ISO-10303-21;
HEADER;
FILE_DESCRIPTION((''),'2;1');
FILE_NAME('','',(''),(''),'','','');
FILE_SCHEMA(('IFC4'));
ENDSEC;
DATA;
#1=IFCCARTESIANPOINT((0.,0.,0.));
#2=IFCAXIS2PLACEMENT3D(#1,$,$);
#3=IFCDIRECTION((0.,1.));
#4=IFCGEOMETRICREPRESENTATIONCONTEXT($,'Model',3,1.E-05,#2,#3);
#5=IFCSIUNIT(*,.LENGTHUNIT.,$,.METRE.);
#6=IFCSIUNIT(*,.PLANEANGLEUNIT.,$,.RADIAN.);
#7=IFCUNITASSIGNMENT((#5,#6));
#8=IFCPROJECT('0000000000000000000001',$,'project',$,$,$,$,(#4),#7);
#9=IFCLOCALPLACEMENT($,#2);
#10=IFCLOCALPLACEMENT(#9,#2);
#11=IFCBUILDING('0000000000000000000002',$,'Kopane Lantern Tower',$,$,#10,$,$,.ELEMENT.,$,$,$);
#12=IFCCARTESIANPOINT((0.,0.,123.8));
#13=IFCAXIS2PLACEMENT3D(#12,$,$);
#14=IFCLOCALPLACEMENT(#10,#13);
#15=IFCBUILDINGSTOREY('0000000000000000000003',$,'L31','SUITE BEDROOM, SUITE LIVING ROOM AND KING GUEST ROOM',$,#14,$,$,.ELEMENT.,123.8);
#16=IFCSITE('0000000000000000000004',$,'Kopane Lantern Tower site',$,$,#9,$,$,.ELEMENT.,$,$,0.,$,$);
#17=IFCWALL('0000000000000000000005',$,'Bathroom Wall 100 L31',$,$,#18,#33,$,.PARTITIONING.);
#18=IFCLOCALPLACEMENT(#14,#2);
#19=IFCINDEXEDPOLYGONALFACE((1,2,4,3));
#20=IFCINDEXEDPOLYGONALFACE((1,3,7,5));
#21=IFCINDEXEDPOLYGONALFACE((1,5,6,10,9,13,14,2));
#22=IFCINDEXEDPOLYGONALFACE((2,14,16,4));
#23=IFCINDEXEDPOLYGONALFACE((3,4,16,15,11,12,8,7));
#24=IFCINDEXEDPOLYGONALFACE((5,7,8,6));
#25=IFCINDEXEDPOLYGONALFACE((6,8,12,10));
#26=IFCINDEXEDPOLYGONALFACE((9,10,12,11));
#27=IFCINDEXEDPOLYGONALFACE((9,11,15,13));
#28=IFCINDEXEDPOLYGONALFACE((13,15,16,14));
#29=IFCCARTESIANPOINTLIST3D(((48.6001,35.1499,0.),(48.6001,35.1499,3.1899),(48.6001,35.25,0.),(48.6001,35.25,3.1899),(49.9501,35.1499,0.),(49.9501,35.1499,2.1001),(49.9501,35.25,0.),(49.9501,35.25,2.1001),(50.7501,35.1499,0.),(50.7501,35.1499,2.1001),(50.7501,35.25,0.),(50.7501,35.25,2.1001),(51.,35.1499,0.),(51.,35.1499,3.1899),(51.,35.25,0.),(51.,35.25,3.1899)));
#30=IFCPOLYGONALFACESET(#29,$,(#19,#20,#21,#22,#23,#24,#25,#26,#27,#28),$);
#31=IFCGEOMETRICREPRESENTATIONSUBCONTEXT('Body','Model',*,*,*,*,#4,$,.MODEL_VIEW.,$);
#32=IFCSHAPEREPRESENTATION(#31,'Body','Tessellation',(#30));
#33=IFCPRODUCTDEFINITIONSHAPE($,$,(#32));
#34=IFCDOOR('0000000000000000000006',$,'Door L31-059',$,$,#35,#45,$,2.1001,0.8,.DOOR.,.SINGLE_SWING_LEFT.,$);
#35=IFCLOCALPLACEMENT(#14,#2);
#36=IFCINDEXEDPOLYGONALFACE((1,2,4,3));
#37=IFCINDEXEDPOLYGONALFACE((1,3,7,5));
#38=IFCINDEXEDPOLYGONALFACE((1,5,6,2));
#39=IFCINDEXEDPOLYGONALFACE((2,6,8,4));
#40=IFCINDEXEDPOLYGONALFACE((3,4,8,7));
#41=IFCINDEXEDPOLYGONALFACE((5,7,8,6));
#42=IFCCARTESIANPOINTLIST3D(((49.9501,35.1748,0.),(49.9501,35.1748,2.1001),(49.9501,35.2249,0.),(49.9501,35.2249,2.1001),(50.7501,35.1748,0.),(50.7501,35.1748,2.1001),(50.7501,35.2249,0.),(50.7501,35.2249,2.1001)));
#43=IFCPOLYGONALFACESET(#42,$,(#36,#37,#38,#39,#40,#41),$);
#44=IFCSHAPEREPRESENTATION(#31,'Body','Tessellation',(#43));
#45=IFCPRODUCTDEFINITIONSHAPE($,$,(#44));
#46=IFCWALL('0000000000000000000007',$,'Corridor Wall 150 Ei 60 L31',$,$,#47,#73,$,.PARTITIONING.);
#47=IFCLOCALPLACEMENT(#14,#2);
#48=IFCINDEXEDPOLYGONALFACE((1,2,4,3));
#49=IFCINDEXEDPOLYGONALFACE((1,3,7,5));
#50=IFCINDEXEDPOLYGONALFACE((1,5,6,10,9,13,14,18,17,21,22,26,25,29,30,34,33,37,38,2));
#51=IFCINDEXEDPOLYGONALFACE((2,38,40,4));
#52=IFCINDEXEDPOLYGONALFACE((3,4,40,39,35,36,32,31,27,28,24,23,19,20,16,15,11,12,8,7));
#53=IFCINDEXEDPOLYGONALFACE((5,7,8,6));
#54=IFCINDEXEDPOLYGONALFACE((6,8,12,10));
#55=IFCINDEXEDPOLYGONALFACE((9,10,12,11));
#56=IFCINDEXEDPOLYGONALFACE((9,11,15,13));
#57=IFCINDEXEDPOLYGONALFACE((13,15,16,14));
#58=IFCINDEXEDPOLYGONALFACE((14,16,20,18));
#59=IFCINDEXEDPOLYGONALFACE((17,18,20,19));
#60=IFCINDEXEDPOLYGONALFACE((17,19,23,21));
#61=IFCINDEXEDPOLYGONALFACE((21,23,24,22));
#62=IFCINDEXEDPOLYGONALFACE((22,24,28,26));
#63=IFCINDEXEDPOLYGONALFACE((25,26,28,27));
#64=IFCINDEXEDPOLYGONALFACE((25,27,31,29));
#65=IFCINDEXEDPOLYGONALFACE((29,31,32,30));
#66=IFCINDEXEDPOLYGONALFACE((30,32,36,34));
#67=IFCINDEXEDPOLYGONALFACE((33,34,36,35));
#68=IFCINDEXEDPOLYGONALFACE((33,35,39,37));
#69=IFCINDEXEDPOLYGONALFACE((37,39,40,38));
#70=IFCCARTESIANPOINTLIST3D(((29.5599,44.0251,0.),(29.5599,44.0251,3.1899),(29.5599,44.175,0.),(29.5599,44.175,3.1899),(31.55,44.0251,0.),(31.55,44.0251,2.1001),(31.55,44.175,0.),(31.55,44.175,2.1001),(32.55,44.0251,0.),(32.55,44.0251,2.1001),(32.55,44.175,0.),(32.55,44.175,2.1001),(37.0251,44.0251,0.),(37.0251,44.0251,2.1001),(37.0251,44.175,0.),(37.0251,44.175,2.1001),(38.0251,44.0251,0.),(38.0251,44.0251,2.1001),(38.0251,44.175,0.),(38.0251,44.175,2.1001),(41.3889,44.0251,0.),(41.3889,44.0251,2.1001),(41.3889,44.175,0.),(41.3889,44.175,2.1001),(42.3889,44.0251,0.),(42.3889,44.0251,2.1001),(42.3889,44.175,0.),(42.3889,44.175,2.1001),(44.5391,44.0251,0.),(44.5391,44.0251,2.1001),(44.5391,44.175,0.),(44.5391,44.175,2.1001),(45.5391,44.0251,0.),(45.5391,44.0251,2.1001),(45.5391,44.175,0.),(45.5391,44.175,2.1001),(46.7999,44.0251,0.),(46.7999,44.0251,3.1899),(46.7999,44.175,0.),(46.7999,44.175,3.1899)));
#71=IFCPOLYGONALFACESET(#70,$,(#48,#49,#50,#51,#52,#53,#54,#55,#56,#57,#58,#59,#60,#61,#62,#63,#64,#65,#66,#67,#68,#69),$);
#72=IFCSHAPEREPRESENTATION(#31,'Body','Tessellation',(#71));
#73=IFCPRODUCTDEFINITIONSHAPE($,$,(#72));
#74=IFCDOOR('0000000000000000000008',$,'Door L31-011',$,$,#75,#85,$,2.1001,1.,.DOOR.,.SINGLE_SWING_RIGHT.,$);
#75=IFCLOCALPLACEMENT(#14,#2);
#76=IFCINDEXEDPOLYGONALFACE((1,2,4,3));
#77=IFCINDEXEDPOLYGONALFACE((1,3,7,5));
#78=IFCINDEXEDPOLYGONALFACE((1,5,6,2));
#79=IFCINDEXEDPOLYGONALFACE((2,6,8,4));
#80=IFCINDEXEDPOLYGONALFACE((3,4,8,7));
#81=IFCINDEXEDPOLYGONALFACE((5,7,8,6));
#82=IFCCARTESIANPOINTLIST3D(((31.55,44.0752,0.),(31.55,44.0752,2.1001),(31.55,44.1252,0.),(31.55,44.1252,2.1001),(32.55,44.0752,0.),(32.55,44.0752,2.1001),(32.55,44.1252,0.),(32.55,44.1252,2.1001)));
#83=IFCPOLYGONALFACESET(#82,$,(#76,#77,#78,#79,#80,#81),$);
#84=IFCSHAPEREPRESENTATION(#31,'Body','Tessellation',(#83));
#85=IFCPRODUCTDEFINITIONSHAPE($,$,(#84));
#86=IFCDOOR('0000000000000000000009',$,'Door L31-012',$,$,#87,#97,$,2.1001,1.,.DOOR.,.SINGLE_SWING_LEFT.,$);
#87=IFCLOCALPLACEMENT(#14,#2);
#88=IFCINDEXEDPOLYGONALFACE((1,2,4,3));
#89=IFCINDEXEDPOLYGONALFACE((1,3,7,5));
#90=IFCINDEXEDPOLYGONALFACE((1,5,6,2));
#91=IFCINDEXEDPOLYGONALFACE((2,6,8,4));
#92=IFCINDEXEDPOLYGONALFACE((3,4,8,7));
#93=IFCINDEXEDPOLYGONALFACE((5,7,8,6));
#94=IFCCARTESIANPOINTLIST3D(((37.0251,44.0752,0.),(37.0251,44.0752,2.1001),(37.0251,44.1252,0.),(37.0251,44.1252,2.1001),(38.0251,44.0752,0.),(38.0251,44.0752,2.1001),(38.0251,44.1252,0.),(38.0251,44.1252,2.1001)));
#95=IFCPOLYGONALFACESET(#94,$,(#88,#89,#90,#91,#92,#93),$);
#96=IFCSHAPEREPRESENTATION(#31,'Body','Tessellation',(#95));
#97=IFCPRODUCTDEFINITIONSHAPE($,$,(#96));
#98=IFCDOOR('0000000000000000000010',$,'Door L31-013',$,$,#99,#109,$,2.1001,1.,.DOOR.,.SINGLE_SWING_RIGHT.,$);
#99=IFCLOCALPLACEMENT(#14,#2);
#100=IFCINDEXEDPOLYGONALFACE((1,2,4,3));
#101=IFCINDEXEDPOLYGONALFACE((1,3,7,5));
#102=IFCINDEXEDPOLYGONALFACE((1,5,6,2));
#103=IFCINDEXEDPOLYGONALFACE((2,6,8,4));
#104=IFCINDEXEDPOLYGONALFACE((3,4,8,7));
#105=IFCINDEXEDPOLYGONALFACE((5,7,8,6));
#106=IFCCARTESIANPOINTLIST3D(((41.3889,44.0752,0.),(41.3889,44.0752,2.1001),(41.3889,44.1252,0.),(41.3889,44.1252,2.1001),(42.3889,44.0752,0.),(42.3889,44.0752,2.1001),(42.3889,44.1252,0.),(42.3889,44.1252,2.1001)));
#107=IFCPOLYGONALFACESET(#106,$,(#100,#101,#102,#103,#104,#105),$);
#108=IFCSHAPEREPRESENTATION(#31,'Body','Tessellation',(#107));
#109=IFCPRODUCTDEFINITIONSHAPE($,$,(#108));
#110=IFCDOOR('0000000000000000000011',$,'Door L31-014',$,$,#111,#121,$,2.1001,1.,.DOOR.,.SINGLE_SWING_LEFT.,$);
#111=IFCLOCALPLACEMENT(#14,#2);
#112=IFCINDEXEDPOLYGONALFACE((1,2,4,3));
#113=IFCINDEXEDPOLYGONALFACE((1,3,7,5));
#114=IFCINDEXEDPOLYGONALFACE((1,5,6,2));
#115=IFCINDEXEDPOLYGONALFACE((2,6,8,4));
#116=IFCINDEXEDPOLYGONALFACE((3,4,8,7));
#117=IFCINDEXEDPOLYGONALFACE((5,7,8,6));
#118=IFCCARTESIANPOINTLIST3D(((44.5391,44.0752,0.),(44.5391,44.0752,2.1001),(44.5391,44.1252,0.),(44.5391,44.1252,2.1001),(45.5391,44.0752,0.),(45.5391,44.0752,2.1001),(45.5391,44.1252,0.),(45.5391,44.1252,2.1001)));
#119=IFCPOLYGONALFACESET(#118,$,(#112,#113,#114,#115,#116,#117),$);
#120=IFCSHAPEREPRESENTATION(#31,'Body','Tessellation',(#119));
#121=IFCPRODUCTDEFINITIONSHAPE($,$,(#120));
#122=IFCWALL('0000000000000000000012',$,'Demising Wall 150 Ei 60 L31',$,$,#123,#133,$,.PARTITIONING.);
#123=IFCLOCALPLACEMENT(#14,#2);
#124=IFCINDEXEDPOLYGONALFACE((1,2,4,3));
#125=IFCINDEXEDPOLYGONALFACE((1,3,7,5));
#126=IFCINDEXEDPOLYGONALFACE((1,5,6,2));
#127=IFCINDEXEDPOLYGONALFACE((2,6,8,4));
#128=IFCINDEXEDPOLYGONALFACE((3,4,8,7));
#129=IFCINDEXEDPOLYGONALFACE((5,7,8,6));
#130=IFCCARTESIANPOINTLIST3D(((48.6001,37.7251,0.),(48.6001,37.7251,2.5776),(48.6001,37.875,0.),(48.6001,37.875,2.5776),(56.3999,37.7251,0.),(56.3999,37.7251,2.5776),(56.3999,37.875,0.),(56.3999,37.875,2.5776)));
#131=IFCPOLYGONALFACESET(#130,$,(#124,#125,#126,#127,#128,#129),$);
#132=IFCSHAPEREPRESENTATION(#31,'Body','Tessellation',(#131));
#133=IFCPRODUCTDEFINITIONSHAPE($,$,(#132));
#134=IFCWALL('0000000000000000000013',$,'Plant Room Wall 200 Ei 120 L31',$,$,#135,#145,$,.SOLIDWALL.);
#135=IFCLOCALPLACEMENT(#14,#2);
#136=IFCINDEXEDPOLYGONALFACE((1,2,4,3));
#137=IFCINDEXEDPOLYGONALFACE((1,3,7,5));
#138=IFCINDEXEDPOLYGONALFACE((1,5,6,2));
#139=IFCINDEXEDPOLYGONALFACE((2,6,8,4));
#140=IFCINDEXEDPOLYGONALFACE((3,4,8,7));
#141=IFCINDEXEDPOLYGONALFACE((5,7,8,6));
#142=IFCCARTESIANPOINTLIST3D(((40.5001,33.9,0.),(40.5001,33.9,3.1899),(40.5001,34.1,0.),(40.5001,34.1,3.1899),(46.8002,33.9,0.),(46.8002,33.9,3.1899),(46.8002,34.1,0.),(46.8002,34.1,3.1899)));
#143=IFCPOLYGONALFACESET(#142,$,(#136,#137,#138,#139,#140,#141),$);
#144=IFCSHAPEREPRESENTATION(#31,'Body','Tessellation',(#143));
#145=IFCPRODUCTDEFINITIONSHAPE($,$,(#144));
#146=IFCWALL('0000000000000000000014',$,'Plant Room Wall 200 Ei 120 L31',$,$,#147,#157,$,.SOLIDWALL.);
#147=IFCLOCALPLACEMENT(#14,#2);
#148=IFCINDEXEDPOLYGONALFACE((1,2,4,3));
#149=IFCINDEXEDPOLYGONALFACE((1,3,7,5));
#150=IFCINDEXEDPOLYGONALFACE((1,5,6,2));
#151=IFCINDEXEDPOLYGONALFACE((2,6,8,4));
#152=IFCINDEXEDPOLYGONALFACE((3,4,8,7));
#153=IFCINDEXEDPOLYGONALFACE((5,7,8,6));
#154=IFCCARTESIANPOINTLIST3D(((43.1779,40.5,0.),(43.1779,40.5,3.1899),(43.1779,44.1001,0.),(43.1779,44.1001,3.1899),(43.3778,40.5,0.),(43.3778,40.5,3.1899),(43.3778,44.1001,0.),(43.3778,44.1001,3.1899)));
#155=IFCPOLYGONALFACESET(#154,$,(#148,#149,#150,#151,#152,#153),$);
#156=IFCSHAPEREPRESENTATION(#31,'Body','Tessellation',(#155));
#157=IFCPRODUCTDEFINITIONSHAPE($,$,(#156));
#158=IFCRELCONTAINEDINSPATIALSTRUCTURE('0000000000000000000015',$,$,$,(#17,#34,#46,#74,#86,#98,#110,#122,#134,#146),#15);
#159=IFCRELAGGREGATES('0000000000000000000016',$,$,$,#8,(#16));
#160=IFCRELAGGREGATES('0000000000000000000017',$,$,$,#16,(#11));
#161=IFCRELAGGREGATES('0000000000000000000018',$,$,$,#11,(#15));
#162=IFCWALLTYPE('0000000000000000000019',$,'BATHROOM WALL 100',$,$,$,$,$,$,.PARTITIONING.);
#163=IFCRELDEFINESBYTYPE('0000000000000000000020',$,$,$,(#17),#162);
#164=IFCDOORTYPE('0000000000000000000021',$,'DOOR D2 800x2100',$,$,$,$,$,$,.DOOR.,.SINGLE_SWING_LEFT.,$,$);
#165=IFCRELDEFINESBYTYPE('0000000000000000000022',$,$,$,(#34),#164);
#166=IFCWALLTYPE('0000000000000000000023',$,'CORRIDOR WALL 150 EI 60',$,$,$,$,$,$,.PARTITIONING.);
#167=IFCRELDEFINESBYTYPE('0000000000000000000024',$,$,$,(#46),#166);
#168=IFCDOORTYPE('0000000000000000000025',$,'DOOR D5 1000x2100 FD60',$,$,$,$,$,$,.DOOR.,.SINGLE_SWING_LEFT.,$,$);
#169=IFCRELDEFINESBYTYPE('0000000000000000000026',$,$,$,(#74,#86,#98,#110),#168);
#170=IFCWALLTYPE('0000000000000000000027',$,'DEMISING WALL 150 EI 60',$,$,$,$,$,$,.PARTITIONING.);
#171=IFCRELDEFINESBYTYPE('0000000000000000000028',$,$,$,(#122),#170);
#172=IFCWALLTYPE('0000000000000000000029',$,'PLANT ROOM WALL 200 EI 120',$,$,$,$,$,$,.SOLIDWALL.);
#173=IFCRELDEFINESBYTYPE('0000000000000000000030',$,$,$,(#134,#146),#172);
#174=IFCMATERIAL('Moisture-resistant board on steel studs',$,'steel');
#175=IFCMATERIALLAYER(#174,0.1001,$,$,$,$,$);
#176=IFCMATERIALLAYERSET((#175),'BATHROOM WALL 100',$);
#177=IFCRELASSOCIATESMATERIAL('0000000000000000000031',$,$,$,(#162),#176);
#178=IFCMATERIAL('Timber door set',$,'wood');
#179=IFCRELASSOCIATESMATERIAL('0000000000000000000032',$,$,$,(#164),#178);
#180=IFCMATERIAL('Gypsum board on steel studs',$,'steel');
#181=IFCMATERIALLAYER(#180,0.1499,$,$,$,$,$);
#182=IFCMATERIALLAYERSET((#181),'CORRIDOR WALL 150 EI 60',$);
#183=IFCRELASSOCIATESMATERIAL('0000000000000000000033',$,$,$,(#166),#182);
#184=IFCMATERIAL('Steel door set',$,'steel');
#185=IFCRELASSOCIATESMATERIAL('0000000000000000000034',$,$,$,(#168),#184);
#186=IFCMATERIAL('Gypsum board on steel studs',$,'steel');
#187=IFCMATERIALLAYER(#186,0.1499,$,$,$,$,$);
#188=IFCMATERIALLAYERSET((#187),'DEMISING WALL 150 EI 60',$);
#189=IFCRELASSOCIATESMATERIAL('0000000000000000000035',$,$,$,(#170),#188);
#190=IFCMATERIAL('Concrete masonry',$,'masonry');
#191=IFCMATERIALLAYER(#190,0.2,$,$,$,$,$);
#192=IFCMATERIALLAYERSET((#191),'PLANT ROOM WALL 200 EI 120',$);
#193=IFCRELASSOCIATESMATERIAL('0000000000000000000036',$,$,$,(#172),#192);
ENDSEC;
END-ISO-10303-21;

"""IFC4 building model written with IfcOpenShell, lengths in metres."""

from ifc_helpers import new_model, si_unit, direction, frame, frame_2d, origin, place, context, subcontext, project, spatial, rectangle, extrude, material, layer, layer_set, type_object, element, fill, save


model = new_model("IFC4")

# Units and contexts
model_context = context("Model", 3, precision=1e-05, world=origin(), true_north=direction((0.0, 1.0)))
body_context = subcontext(model_context, "Body", "Model", "MODEL_VIEW")
ifc_project = project(units=[si_unit("LENGTHUNIT", "METRE"), si_unit("PLANEANGLEUNIT", "RADIAN")], contexts=[model_context])

# Site, building, storey
site_placement = place(None, origin())
site = spatial("IfcSite", under=ifc_project, at=site_placement, Name="Kopane Lantern Tower site", CompositionType="ELEMENT", RefElevation=0.0)
building_placement = place(site_placement, origin())
building = spatial("IfcBuilding", under=site, at=building_placement, Name="Kopane Lantern Tower", CompositionType="ELEMENT")
storey_placement = place(building_placement, frame((0.0, 0.0, 123.8)))
storey = spatial("IfcBuildingStorey", under=building, at=storey_placement, Name="L31", Description="SUITE BEDROOM, SUITE LIVING ROOM AND KING GUEST ROOM", CompositionType="ELEMENT", Elevation=123.8)

# Wall, opening, door
ifc_material_1 = material(Name="Moisture-resistant board on steel studs", Category="steel")
ifc_layer_1 = layer(ifc_material_1, 0.1001)
ifc_layer_set_1 = layer_set([ifc_layer_1], Name="BATHROOM WALL 100")
wall_type_1 = type_object("IfcWallType", Name="BATHROOM WALL 100", PredefinedType="PARTITIONING", material=ifc_layer_set_1)
ifc_material_2 = material(Name="Timber door set", Category="wood")
door_type_1 = type_object("IfcDoorType", Name="DOOR D2 800x2100", OperationType="SINGLE_SWING_LEFT", PredefinedType="DOOR", material=ifc_material_2)
wall_1_placement = place(storey_placement, frame((48.6001, 35.2, 0.0), z_axis=(0.0, 0.0, 1.0), x_axis=(1.0, 0.0, 0.0)))
wall_1 = element("IfcWall", 1, at=wall_1_placement, inside=storey, type_object=wall_type_1, Name="Bathroom Wall 100 L31", PredefinedType="PARTITIONING", context=body_context, shape_type="SweptSolid", body=[
    extrude(rectangle(XDim=2.3999, YDim=0.1001, at=frame_2d((1.2, 0.0))), origin(), (0.0, 0.0, 1.0), 3.1899),
])
opening_1_placement = place(wall_1_placement, frame((1.3501, 0.0, 0.0)))
opening_1 = element("IfcOpeningElement", 2, at=opening_1_placement, cuts=wall_1, PredefinedType="OPENING", context=body_context, shape_type="SweptSolid", body=[
    extrude(rectangle(XDim=0.8, YDim=2.1001, at=frame_2d((0.3999, 1.05))), frame((0.0, 0.0601, 0.0), z_axis=(0.0, -1.0, 0.0), x_axis=(1.0, 0.0, 0.0)), (0.0, 0.0, 1.0), 0.1201),
])
door_1_placement = place(opening_1_placement, origin())
door_1 = element("IfcDoor", 3, at=door_1_placement, inside=storey, type_object=door_type_1, Name="Door L31-059", OperationType="SINGLE_SWING_LEFT", OverallHeight=2.1001, OverallWidth=0.8, PredefinedType="DOOR", context=body_context, shape_type="SweptSolid", body=[
    extrude(rectangle(XDim=0.8, YDim=2.1001, at=frame_2d((0.3999, 1.05))), frame((0.0, 0.0249, 0.0), z_axis=(0.0, -1.0, 0.0), x_axis=(1.0, 0.0, 0.0)), (0.0, 0.0, 1.0), 0.05),
])
fill(opening_1, door_1)

# Wall, openings, doors
ifc_material_3 = material(Name="Gypsum board on steel studs", Category="steel")
ifc_layer_2 = layer(ifc_material_3, 0.1499)
ifc_layer_set_2 = layer_set([ifc_layer_2], Name="CORRIDOR WALL 150 EI 60")
wall_type_2 = type_object("IfcWallType", Name="CORRIDOR WALL 150 EI 60", PredefinedType="PARTITIONING", material=ifc_layer_set_2)
wall_2_placement = place(storey_placement, frame((46.8, 44.1001, 0.0), z_axis=(0.0, 0.0, 1.0), x_axis=(-1.0, 0.0, 0.0)))
wall_2 = element("IfcWall", 4, at=wall_2_placement, inside=storey, type_object=wall_type_2, Name="Corridor Wall 150 Ei 60 L31", PredefinedType="PARTITIONING", context=body_context, shape_type="SweptSolid", body=[
    extrude(rectangle(XDim=17.24, YDim=0.1499, at=frame_2d((8.6201, 0.0))), origin(), (0.0, 0.0, 1.0), 3.1899),
])
opening_2_placement = place(wall_2_placement, frame((14.25, 0.0, 0.0)))
opening_2 = element("IfcOpeningElement", 5, at=opening_2_placement, cuts=wall_2, PredefinedType="OPENING", context=body_context, shape_type="SweptSolid", body=[
    extrude(rectangle(XDim=1.0, YDim=2.1001, at=frame_2d((0.5, 1.05))), frame((0.0, 0.085, 0.0), z_axis=(0.0, -1.0, 0.0), x_axis=(1.0, 0.0, 0.0)), (0.0, 0.0, 1.0), 0.1699),
])
opening_3_placement = place(wall_2_placement, frame((8.7749, 0.0, 0.0)))
opening_3 = element("IfcOpeningElement", 6, at=opening_3_placement, cuts=wall_2, PredefinedType="OPENING", context=body_context, shape_type="SweptSolid", body=[
    extrude(rectangle(XDim=1.0, YDim=2.1001, at=frame_2d((0.5, 1.05))), frame((0.0, 0.085, 0.0), z_axis=(0.0, -1.0, 0.0), x_axis=(1.0, 0.0, 0.0)), (0.0, 0.0, 1.0), 0.1699),
])
opening_4_placement = place(wall_2_placement, frame((4.4111, 0.0, 0.0)))
opening_4 = element("IfcOpeningElement", 7, at=opening_4_placement, cuts=wall_2, PredefinedType="OPENING", context=body_context, shape_type="SweptSolid", body=[
    extrude(rectangle(XDim=1.0, YDim=2.1001, at=frame_2d((0.5, 1.05))), frame((0.0, 0.085, 0.0), z_axis=(0.0, -1.0, 0.0), x_axis=(1.0, 0.0, 0.0)), (0.0, 0.0, 1.0), 0.1699),
])
opening_5_placement = place(wall_2_placement, frame((1.261, 0.0, 0.0)))
opening_5 = element("IfcOpeningElement", 8, at=opening_5_placement, cuts=wall_2, PredefinedType="OPENING", context=body_context, shape_type="SweptSolid", body=[
    extrude(rectangle(XDim=1.0, YDim=2.1001, at=frame_2d((0.5, 1.05))), frame((0.0, 0.085, 0.0), z_axis=(0.0, -1.0, 0.0), x_axis=(1.0, 0.0, 0.0)), (0.0, 0.0, 1.0), 0.1699),
])
ifc_material_4 = material(Name="Steel door set", Category="steel")
door_type_2 = type_object("IfcDoorType", Name="DOOR D5 1000x2100 FD60", OperationType="SINGLE_SWING_LEFT", PredefinedType="DOOR", material=ifc_material_4)
door_2_placement = place(opening_2_placement, origin())
door_2 = element("IfcDoor", 9, at=door_2_placement, inside=storey, type_object=door_type_2, Name="Door L31-011", OperationType="SINGLE_SWING_RIGHT", OverallHeight=2.1001, OverallWidth=1.0, PredefinedType="DOOR", context=body_context, shape_type="SweptSolid", body=[
    extrude(rectangle(XDim=1.0, YDim=2.1001, at=frame_2d((0.5, 1.05))), frame((0.0, 0.0249, 0.0), z_axis=(0.0, -1.0, 0.0), x_axis=(1.0, 0.0, 0.0)), (0.0, 0.0, 1.0), 0.05),
])
fill(opening_2, door_2)
door_3_placement = place(opening_3_placement, origin())
door_3 = element("IfcDoor", 10, at=door_3_placement, inside=storey, type_object=door_type_2, Name="Door L31-012", OperationType="SINGLE_SWING_LEFT", OverallHeight=2.1001, OverallWidth=1.0, PredefinedType="DOOR", context=body_context, shape_type="SweptSolid", body=[
    extrude(rectangle(XDim=1.0, YDim=2.1001, at=frame_2d((0.5, 1.05))), frame((0.0, 0.0249, 0.0), z_axis=(0.0, -1.0, 0.0), x_axis=(1.0, 0.0, 0.0)), (0.0, 0.0, 1.0), 0.05),
])
fill(opening_3, door_3)
door_4_placement = place(opening_4_placement, origin())
door_4 = element("IfcDoor", 11, at=door_4_placement, inside=storey, type_object=door_type_2, Name="Door L31-013", OperationType="SINGLE_SWING_RIGHT", OverallHeight=2.1001, OverallWidth=1.0, PredefinedType="DOOR", context=body_context, shape_type="SweptSolid", body=[
    extrude(rectangle(XDim=1.0, YDim=2.1001, at=frame_2d((0.5, 1.05))), frame((0.0, 0.0249, 0.0), z_axis=(0.0, -1.0, 0.0), x_axis=(1.0, 0.0, 0.0)), (0.0, 0.0, 1.0), 0.05),
])
fill(opening_4, door_4)
door_5_placement = place(opening_5_placement, origin())
door_5 = element("IfcDoor", 12, at=door_5_placement, inside=storey, type_object=door_type_2, Name="Door L31-014", OperationType="SINGLE_SWING_LEFT", OverallHeight=2.1001, OverallWidth=1.0, PredefinedType="DOOR", context=body_context, shape_type="SweptSolid", body=[
    extrude(rectangle(XDim=1.0, YDim=2.1001, at=frame_2d((0.5, 1.05))), frame((0.0, 0.0249, 0.0), z_axis=(0.0, -1.0, 0.0), x_axis=(1.0, 0.0, 0.0)), (0.0, 0.0, 1.0), 0.05),
])
fill(opening_5, door_5)

# Walls
ifc_material_5 = material(Name="Gypsum board on steel studs", Category="steel")
ifc_layer_3 = layer(ifc_material_5, 0.1499)
ifc_layer_set_3 = layer_set([ifc_layer_3], Name="DEMISING WALL 150 EI 60")
wall_type_3 = type_object("IfcWallType", Name="DEMISING WALL 150 EI 60", PredefinedType="PARTITIONING", material=ifc_layer_set_3)
wall_3_placement = place(storey_placement, frame((48.6001, 37.8, 0.0), z_axis=(0.0, 0.0, 1.0), x_axis=(1.0, 0.0, 0.0)))
element("IfcWall", 13, at=wall_3_placement, inside=storey, type_object=wall_type_3, Name="Demising Wall 150 Ei 60 L31", PredefinedType="PARTITIONING", context=body_context, shape_type="SweptSolid", body=[
    extrude(rectangle(XDim=7.7998, YDim=0.1499, at=frame_2d((3.8999, 0.0))), origin(), (0.0, 0.0, 1.0), 2.5776),
])
ifc_material_6 = material(Name="Concrete masonry", Category="masonry")
ifc_layer_4 = layer(ifc_material_6, 0.2)
ifc_layer_set_4 = layer_set([ifc_layer_4], Name="PLANT ROOM WALL 200 EI 120")
wall_type_4 = type_object("IfcWallType", Name="PLANT ROOM WALL 200 EI 120", PredefinedType="SOLIDWALL", material=ifc_layer_set_4)
wall_4_placement = place(storey_placement, frame((46.8, 34.0, 0.0), z_axis=(0.0, 0.0, 1.0), x_axis=(-1.0, 0.0, 0.0)))
element("IfcWall", 14, at=wall_4_placement, inside=storey, type_object=wall_type_4, Name="Plant Room Wall 200 Ei 120 L31", PredefinedType="SOLIDWALL", context=body_context, shape_type="SweptSolid", body=[
    extrude(rectangle(XDim=6.3, YDim=0.2, at=frame_2d((3.1499, 0.0))), origin(), (0.0, 0.0, 1.0), 3.1899),
])
wall_5_placement = place(storey_placement, frame((43.2778, 44.1001, 0.0), z_axis=(0.0, 0.0, 1.0), x_axis=(0.0, -1.0, 0.0)))
element("IfcWall", 15, at=wall_5_placement, inside=storey, type_object=wall_type_4, Name="Plant Room Wall 200 Ei 120 L31", PredefinedType="SOLIDWALL", context=body_context, shape_type="SweptSolid", body=[
    extrude(rectangle(XDim=3.6001, YDim=0.2, at=frame_2d((1.8, 0.0))), origin(), (0.0, 0.0, 1.0), 3.1899),
])

save(model, "model.ifc")
